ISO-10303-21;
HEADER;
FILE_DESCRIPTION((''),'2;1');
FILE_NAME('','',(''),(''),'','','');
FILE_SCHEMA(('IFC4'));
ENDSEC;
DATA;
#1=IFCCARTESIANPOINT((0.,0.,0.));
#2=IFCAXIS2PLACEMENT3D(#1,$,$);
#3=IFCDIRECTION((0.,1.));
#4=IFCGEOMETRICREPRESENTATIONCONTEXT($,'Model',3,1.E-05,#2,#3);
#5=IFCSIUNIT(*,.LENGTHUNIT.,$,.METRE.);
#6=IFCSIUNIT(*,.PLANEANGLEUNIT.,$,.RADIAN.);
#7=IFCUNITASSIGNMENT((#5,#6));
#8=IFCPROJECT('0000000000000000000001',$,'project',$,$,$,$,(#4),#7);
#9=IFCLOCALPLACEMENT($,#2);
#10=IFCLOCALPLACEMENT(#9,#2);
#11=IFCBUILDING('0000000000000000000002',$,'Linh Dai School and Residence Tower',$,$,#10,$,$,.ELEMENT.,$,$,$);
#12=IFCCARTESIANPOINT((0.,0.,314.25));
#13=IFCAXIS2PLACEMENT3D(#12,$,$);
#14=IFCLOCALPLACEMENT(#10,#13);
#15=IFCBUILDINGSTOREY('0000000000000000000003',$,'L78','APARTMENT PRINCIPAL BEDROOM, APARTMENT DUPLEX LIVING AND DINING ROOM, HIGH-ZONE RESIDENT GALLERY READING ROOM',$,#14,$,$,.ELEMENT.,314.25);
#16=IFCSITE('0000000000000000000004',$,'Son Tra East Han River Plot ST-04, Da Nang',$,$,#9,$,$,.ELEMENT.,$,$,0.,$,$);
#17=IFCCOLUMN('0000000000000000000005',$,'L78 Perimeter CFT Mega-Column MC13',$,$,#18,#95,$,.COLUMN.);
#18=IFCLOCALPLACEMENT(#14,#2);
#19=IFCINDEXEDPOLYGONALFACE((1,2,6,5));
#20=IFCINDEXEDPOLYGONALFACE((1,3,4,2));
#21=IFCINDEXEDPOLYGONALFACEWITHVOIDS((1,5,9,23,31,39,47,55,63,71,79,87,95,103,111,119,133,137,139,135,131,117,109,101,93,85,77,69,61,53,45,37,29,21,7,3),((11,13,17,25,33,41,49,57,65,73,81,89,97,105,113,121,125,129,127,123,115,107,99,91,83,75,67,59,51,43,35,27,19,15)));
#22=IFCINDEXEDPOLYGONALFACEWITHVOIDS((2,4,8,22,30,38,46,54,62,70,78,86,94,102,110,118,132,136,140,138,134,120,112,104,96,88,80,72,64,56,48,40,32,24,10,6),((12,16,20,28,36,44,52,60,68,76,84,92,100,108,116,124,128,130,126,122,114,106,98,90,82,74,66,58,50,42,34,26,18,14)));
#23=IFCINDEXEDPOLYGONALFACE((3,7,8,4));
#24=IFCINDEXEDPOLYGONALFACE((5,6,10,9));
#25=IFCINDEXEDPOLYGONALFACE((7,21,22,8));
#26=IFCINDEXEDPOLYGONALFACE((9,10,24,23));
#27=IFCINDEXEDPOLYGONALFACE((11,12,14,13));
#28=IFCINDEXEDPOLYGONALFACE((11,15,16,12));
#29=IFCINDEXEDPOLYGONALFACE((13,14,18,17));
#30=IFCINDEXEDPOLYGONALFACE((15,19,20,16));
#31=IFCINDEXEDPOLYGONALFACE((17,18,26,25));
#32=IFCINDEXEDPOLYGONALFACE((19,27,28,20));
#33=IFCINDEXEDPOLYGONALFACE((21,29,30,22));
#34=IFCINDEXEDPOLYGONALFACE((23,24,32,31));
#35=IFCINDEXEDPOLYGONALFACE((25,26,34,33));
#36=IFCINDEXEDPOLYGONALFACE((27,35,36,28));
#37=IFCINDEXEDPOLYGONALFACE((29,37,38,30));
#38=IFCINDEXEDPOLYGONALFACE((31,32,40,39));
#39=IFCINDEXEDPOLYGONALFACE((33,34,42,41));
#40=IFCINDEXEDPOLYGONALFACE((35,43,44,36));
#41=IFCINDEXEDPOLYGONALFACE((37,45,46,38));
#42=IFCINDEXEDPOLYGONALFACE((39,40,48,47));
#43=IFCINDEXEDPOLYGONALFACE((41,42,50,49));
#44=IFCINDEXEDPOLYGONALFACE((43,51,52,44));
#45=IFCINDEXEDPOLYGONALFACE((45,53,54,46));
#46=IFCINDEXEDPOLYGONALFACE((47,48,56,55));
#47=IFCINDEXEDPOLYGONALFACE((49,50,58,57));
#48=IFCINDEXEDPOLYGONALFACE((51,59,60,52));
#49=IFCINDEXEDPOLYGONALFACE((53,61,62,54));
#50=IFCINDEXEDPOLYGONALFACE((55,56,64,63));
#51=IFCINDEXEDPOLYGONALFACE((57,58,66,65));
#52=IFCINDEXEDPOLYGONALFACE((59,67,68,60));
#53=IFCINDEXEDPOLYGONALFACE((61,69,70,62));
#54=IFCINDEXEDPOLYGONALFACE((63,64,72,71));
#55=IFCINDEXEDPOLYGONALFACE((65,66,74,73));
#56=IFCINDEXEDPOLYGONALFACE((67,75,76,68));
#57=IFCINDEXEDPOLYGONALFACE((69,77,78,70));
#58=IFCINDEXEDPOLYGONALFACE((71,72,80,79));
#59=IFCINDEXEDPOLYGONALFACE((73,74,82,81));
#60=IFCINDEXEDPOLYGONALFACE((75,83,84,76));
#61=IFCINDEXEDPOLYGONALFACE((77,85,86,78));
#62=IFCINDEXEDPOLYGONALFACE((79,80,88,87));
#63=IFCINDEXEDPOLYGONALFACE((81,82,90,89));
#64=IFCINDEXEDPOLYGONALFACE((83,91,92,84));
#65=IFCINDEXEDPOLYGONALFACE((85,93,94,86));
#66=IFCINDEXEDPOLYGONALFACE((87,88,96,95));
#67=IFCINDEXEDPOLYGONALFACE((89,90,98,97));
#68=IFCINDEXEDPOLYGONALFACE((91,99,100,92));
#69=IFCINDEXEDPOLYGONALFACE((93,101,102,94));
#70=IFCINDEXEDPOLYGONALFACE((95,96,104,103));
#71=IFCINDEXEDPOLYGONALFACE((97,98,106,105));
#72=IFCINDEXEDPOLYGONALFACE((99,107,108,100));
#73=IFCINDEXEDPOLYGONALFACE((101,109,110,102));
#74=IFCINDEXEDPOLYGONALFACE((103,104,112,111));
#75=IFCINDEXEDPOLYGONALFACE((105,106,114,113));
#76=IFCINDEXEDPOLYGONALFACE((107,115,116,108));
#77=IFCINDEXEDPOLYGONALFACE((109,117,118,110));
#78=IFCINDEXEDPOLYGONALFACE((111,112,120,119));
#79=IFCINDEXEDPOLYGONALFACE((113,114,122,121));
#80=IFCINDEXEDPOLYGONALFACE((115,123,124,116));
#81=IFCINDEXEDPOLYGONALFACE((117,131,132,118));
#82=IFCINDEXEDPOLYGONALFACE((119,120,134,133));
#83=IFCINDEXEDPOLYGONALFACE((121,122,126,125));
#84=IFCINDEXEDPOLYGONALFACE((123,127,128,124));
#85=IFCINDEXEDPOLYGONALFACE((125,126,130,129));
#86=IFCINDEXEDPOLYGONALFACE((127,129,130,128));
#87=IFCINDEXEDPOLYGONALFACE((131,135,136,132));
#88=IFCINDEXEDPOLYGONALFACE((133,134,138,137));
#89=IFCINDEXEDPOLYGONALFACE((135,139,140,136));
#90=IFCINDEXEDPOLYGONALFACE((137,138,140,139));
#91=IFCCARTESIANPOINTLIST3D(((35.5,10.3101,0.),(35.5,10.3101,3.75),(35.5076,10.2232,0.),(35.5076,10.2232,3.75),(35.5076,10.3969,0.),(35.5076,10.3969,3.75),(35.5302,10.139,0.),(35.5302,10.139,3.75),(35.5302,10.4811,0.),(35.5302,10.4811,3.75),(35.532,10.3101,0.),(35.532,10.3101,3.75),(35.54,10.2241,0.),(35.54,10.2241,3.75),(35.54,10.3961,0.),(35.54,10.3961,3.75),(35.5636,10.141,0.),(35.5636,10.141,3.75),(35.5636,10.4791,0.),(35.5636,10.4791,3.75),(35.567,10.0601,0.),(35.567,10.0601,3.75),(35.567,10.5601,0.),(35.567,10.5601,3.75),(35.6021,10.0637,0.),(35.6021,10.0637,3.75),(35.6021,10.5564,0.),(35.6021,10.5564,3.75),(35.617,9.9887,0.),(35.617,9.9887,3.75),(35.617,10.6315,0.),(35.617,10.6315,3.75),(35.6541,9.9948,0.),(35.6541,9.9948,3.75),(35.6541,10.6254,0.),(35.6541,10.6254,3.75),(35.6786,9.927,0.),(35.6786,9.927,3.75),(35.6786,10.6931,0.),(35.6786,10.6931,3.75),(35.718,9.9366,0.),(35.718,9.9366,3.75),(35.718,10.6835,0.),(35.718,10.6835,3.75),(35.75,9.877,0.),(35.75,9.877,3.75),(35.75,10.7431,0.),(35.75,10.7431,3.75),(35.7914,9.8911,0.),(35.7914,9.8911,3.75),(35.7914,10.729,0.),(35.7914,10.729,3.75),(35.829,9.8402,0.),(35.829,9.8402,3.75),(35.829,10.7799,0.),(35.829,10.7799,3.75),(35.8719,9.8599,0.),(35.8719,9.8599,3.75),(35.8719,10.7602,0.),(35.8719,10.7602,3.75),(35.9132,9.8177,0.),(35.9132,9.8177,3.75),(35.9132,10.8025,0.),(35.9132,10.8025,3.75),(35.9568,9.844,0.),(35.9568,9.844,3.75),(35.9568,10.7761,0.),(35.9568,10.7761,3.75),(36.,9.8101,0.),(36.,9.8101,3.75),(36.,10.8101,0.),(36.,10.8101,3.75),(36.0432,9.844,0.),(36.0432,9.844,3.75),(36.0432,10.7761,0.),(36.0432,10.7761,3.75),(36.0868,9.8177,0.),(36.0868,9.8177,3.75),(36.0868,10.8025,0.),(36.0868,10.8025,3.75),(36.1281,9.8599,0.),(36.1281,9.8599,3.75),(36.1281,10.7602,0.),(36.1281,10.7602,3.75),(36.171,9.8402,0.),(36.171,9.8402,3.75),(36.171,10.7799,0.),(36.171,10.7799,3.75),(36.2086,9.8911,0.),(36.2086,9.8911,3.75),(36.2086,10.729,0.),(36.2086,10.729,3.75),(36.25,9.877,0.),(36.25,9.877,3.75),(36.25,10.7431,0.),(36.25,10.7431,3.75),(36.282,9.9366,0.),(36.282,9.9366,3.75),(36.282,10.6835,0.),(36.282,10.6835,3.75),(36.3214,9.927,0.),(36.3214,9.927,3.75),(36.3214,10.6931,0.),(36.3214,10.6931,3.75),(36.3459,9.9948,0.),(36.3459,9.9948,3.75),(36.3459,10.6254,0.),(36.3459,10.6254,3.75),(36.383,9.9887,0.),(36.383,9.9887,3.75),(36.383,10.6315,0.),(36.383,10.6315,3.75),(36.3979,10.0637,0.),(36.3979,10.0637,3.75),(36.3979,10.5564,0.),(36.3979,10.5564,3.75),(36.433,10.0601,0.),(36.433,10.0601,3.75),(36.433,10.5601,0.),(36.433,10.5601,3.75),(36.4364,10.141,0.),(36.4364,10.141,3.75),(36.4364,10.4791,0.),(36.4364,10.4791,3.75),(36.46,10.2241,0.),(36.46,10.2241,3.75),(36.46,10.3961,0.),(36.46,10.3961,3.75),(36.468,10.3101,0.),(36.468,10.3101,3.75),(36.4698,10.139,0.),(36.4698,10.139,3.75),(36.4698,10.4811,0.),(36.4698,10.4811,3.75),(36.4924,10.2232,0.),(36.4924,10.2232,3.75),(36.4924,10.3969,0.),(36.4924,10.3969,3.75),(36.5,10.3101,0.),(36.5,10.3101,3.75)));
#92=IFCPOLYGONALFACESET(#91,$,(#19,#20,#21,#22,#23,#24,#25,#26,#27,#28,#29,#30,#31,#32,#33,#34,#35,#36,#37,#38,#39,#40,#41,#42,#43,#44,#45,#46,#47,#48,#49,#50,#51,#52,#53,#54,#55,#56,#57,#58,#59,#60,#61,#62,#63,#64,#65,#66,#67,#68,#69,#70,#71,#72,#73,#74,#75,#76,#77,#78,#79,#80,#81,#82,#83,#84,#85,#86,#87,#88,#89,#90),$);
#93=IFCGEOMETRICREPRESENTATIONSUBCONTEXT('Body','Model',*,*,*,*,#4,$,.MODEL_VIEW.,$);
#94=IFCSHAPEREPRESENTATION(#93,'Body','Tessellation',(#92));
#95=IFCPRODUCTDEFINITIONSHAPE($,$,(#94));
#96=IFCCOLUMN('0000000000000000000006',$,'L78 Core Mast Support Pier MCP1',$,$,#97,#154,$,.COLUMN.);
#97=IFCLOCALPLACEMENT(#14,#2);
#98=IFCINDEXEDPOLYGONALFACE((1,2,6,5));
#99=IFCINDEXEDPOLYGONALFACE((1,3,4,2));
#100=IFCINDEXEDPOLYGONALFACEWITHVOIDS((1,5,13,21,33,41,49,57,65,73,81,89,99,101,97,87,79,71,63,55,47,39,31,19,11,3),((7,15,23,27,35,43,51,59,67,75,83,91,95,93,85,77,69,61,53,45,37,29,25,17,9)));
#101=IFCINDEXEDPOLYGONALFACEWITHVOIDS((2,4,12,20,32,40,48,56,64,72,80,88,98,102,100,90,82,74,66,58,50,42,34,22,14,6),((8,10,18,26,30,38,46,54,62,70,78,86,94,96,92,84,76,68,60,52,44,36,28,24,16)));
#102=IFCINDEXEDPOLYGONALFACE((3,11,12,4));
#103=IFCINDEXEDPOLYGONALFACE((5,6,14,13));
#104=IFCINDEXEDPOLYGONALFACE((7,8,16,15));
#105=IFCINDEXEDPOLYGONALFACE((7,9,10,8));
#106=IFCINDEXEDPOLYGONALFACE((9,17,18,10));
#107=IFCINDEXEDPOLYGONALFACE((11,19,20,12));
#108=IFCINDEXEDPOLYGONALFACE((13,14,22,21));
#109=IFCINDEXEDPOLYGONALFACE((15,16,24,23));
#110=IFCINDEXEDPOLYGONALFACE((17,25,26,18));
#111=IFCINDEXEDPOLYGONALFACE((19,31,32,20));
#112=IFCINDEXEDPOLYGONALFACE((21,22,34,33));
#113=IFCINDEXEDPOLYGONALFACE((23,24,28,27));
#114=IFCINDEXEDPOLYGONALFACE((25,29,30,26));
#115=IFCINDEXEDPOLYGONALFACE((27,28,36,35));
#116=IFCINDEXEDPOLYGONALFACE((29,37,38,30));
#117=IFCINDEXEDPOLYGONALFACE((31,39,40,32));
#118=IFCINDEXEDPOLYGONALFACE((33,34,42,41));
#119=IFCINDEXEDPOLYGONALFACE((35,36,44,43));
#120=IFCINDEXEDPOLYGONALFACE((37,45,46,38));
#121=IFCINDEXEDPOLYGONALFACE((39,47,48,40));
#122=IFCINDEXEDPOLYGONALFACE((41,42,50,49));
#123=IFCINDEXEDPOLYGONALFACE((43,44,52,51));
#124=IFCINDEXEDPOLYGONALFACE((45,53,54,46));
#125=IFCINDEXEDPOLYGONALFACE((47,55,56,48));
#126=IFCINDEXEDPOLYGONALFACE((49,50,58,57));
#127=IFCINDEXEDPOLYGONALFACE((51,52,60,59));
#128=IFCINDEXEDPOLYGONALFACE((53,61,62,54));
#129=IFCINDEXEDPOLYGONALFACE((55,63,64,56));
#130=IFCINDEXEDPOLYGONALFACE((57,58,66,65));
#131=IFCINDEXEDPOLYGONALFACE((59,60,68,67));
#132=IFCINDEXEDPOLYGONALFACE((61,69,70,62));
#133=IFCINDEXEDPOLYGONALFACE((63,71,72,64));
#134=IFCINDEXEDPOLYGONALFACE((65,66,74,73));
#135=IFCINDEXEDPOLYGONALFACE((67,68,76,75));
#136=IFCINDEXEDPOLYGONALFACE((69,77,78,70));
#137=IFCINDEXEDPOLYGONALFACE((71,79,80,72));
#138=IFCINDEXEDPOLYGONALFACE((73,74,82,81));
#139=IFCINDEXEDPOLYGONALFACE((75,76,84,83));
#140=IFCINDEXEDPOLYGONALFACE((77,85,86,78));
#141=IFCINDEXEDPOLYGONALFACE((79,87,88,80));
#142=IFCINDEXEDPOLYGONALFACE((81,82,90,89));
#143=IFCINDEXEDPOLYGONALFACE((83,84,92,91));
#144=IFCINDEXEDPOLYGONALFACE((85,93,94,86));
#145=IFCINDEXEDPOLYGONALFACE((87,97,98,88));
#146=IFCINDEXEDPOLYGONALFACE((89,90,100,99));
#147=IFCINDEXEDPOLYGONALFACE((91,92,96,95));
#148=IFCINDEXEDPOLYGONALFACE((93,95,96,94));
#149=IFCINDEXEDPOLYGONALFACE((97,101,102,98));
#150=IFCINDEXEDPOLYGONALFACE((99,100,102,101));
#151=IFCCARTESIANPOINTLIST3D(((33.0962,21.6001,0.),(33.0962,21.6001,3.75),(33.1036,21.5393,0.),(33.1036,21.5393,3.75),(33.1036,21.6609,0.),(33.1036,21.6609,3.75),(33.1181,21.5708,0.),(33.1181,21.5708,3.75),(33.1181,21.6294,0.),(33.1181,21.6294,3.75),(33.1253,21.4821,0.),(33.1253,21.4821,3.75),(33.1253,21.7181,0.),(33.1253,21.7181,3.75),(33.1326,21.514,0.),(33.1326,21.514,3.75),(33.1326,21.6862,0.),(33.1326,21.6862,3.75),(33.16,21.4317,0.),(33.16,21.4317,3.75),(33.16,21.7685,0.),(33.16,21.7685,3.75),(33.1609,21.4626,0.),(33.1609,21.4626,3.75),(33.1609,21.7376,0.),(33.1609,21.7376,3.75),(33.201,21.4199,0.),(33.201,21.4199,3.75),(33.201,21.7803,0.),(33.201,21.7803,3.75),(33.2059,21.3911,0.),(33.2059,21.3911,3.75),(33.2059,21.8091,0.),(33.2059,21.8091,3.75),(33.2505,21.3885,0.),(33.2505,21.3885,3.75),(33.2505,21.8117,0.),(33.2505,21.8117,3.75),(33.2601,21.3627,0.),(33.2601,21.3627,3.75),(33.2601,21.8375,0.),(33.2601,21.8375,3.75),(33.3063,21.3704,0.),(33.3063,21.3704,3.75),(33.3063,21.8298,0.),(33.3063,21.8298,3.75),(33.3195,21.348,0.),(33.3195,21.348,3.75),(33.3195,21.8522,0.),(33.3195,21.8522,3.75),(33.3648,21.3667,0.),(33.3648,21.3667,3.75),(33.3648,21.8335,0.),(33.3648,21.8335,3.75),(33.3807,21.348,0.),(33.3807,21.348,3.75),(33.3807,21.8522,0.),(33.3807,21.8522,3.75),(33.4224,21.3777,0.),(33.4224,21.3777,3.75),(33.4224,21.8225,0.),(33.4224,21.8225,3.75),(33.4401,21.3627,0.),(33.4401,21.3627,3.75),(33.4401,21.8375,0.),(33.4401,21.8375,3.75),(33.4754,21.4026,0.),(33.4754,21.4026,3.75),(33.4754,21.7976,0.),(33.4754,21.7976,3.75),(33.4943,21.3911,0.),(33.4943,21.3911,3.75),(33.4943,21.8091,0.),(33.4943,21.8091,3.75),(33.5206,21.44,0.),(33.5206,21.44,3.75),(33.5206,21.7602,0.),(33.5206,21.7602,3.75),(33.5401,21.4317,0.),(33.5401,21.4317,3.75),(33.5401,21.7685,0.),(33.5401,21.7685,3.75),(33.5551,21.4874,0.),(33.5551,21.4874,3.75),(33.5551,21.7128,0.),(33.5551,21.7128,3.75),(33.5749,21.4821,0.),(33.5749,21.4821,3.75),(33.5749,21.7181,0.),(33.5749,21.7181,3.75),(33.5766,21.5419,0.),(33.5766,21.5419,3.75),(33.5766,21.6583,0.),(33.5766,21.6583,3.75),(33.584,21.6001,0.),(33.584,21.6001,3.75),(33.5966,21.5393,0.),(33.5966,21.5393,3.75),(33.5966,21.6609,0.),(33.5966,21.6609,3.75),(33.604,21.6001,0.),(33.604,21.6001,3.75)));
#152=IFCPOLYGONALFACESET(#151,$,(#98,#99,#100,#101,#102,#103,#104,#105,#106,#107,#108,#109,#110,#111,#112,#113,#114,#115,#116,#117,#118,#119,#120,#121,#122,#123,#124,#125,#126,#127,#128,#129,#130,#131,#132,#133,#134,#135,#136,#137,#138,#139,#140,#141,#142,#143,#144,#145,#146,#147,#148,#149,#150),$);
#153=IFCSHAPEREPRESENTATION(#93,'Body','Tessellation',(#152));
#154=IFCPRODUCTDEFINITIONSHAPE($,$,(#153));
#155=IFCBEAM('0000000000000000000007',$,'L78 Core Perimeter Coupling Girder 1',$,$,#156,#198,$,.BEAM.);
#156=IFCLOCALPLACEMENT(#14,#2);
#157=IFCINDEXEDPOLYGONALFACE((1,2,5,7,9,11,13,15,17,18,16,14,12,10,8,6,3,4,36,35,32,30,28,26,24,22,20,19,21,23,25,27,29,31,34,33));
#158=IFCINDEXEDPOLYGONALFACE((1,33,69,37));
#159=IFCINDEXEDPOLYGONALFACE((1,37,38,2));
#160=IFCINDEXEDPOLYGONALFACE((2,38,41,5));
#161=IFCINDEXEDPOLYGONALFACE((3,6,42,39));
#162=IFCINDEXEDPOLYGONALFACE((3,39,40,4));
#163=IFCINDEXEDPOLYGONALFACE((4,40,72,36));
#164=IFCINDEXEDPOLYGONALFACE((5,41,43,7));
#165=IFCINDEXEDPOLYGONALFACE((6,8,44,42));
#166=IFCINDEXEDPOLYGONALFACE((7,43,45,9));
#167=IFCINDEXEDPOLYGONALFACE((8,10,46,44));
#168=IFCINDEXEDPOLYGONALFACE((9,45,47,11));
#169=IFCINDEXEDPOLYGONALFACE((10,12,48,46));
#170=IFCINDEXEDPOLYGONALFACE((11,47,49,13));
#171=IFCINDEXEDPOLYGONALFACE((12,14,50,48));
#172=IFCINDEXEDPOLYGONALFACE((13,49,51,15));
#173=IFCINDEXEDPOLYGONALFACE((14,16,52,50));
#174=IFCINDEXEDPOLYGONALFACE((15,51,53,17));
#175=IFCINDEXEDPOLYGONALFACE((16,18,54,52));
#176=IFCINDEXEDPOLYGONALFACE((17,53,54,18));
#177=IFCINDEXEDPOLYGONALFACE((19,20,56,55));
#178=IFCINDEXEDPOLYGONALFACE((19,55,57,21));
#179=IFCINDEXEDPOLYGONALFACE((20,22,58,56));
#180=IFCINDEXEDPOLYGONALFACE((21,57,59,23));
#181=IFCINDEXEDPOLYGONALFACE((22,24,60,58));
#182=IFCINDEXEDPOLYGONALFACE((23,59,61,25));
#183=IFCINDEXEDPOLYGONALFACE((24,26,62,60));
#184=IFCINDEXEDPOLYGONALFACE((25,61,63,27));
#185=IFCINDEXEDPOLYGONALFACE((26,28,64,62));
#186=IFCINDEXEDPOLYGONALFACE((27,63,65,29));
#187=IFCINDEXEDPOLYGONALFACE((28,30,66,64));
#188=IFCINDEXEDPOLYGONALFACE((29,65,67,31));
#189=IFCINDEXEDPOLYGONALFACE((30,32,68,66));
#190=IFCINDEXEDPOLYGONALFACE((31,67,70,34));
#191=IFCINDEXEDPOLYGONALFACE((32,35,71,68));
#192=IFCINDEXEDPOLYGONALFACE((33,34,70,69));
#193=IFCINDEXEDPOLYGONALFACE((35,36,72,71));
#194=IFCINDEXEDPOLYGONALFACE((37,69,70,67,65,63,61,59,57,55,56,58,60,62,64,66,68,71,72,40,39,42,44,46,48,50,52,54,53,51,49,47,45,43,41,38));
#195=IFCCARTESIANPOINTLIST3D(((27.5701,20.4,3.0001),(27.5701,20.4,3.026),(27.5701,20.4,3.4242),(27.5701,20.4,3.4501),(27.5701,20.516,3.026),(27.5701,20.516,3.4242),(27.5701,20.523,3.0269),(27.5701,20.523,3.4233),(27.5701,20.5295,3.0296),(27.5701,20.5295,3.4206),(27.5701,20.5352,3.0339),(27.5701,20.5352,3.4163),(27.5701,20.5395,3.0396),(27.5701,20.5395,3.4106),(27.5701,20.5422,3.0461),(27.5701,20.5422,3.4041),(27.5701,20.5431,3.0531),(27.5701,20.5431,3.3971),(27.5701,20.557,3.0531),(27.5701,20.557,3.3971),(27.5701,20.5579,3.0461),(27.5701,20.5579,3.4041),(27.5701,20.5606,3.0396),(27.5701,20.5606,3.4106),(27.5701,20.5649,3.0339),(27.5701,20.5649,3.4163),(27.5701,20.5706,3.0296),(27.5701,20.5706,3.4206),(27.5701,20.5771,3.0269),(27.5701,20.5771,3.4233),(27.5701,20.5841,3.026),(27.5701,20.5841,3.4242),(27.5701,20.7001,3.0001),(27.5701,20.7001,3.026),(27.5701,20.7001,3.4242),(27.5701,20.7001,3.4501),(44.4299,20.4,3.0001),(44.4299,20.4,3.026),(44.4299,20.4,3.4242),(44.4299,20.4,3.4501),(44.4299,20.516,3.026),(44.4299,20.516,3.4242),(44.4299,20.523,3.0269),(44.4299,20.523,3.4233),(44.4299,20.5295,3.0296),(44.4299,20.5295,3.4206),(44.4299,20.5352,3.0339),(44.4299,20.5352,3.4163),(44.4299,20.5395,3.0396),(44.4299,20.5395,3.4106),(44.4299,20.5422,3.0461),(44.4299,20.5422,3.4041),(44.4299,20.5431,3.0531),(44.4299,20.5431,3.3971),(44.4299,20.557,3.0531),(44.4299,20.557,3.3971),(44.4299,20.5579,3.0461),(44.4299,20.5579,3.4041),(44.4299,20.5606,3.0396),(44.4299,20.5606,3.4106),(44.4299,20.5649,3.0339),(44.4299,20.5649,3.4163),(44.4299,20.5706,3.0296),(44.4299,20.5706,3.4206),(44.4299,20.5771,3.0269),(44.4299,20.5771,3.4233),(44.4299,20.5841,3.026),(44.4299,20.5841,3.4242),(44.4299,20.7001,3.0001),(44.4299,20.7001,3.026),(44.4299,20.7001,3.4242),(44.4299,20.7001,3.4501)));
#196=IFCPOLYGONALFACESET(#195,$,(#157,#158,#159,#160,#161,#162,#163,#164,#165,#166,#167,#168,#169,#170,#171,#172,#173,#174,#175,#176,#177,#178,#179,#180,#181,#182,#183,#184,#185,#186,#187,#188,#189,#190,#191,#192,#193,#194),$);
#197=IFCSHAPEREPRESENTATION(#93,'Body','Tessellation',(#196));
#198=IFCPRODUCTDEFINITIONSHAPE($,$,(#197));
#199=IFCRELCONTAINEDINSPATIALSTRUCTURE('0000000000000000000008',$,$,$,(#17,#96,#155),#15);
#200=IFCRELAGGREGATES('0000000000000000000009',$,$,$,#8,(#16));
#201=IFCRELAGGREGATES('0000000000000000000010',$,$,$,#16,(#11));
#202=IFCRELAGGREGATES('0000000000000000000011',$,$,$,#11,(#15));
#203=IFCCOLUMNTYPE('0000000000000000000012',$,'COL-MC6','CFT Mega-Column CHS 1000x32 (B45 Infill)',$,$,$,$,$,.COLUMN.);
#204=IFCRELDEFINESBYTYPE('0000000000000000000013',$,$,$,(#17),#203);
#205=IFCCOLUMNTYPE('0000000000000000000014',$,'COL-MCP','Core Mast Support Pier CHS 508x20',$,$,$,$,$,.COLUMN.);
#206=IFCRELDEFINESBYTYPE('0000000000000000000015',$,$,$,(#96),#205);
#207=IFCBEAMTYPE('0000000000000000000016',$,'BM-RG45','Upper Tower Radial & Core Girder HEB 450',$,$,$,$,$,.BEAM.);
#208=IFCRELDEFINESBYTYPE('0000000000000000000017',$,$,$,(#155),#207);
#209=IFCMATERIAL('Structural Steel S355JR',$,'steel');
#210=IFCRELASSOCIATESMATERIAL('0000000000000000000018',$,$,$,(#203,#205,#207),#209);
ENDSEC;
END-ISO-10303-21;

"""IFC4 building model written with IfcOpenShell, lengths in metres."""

from ifc_helpers import new_model, si_unit, direction, frame, origin, origin_2d, place, context, subcontext, project, spatial, hollow_circle, i_section, extrude, material, material_profile, profile_set, type_object, element, save


model = new_model("IFC4")

# Units and contexts
model_context = context("Model", 3, precision=1e-05, world=origin(), true_north=direction((0.0, 1.0)))
body_context = subcontext(model_context, "Body", "Model", "MODEL_VIEW")
ifc_project = project(units=[si_unit("LENGTHUNIT", "METRE"), si_unit("PLANEANGLEUNIT", "RADIAN")], contexts=[model_context])

# Site, building, storey
site_placement = place(None, origin())
site = spatial("IfcSite", under=ifc_project, at=site_placement, Name="Son Tra East Han River Plot ST-04, Da Nang", CompositionType="ELEMENT", RefElevation=0.0)
building_placement = place(site_placement, origin())
building = spatial("IfcBuilding", under=site, at=building_placement, Name="Linh Dai School and Residence Tower", CompositionType="ELEMENT")
storey_placement = place(building_placement, frame((0.0, 0.0, 314.25)))
storey = spatial("IfcBuildingStorey", under=building, at=storey_placement, Name="L78", Description="APARTMENT PRINCIPAL BEDROOM, APARTMENT DUPLEX LIVING AND DINING ROOM, HIGH-ZONE RESIDENT GALLERY READING ROOM", CompositionType="ELEMENT", Elevation=314.25)

# Columns
ifc_material_1 = material(Name="Structural Steel S355JR", Category="steel")
ifc_material_profile_1 = material_profile(ifc_material_1, hollow_circle(Radius=0.5, WallThickness=0.032, at=origin_2d()), Name="CHS 1000x32")
ifc_profile_set_1 = profile_set([ifc_material_profile_1], Name="Structural Steel S355JR")
column_type_1 = type_object("IfcColumnType", Name="COL-MC6", Description="CFT Mega-Column CHS 1000x32 (B45 Infill)", PredefinedType="COLUMN", material=ifc_profile_set_1)
column_1_placement = place(storey_placement, frame((36.0, 10.3101, 0.0), z_axis=(0.0, 0.0, 1.0), x_axis=(1.0, 0.0, 0.0)))
element("IfcColumn", 1, at=column_1_placement, inside=storey, type_object=column_type_1, Name="L78 Perimeter CFT Mega-Column MC13", PredefinedType="COLUMN", context=body_context, shape_type="SweptSolid", body=[
    extrude(hollow_circle(Radius=0.5, WallThickness=0.032, at=origin_2d()), origin(), (0.0, 0.0, 1.0), 3.75),
])
ifc_material_profile_2 = material_profile(ifc_material_1, hollow_circle(Radius=0.2539, WallThickness=0.02, at=origin_2d()), Name="CHS 508x20")
ifc_profile_set_2 = profile_set([ifc_material_profile_2], Name="Structural Steel S355JR")
column_type_2 = type_object("IfcColumnType", Name="COL-MCP", Description="Core Mast Support Pier CHS 508x20", PredefinedType="COLUMN", material=ifc_profile_set_2)
column_2_placement = place(storey_placement, frame((33.3501, 21.6001, 0.0), z_axis=(0.0, 0.0, 1.0), x_axis=(1.0, 0.0, 0.0)))
element("IfcColumn", 2, at=column_2_placement, inside=storey, type_object=column_type_2, Name="L78 Core Mast Support Pier MCP1", PredefinedType="COLUMN", context=body_context, shape_type="SweptSolid", body=[
    extrude(hollow_circle(Radius=0.2539, WallThickness=0.02, at=origin_2d()), origin(), (0.0, 0.0, 1.0), 3.75),
])

# Beam
ifc_material_profile_3 = material_profile(ifc_material_1, i_section(OverallWidth=0.3, OverallDepth=0.45, WebThickness=0.0139, FlangeThickness=0.0259, FilletRadius=0.0271, at=origin_2d()), Name="HEB 450")
ifc_profile_set_3 = profile_set([ifc_material_profile_3], Name="Structural Steel S355JR")
beam_type_1 = type_object("IfcBeamType", Name="BM-RG45", Description="Upper Tower Radial & Core Girder HEB 450", PredefinedType="BEAM", material=ifc_profile_set_3)
beam_1_placement = place(storey_placement, frame((27.5701, 20.55, 3.2251), z_axis=(1.0, 0.0, 0.0), x_axis=(0.0, 1.0, 0.0)))
element("IfcBeam", 3, at=beam_1_placement, inside=storey, type_object=beam_type_1, Name="L78 Core Perimeter Coupling Girder 1", PredefinedType="BEAM", context=body_context, shape_type="SweptSolid", body=[
    extrude(i_section(OverallWidth=0.3, OverallDepth=0.45, WebThickness=0.0139, FlangeThickness=0.0259, FilletRadius=0.0271, at=origin_2d()), origin(), (0.0, 0.0, 1.0), 16.8599),
])

save(model, "model.ifc")
